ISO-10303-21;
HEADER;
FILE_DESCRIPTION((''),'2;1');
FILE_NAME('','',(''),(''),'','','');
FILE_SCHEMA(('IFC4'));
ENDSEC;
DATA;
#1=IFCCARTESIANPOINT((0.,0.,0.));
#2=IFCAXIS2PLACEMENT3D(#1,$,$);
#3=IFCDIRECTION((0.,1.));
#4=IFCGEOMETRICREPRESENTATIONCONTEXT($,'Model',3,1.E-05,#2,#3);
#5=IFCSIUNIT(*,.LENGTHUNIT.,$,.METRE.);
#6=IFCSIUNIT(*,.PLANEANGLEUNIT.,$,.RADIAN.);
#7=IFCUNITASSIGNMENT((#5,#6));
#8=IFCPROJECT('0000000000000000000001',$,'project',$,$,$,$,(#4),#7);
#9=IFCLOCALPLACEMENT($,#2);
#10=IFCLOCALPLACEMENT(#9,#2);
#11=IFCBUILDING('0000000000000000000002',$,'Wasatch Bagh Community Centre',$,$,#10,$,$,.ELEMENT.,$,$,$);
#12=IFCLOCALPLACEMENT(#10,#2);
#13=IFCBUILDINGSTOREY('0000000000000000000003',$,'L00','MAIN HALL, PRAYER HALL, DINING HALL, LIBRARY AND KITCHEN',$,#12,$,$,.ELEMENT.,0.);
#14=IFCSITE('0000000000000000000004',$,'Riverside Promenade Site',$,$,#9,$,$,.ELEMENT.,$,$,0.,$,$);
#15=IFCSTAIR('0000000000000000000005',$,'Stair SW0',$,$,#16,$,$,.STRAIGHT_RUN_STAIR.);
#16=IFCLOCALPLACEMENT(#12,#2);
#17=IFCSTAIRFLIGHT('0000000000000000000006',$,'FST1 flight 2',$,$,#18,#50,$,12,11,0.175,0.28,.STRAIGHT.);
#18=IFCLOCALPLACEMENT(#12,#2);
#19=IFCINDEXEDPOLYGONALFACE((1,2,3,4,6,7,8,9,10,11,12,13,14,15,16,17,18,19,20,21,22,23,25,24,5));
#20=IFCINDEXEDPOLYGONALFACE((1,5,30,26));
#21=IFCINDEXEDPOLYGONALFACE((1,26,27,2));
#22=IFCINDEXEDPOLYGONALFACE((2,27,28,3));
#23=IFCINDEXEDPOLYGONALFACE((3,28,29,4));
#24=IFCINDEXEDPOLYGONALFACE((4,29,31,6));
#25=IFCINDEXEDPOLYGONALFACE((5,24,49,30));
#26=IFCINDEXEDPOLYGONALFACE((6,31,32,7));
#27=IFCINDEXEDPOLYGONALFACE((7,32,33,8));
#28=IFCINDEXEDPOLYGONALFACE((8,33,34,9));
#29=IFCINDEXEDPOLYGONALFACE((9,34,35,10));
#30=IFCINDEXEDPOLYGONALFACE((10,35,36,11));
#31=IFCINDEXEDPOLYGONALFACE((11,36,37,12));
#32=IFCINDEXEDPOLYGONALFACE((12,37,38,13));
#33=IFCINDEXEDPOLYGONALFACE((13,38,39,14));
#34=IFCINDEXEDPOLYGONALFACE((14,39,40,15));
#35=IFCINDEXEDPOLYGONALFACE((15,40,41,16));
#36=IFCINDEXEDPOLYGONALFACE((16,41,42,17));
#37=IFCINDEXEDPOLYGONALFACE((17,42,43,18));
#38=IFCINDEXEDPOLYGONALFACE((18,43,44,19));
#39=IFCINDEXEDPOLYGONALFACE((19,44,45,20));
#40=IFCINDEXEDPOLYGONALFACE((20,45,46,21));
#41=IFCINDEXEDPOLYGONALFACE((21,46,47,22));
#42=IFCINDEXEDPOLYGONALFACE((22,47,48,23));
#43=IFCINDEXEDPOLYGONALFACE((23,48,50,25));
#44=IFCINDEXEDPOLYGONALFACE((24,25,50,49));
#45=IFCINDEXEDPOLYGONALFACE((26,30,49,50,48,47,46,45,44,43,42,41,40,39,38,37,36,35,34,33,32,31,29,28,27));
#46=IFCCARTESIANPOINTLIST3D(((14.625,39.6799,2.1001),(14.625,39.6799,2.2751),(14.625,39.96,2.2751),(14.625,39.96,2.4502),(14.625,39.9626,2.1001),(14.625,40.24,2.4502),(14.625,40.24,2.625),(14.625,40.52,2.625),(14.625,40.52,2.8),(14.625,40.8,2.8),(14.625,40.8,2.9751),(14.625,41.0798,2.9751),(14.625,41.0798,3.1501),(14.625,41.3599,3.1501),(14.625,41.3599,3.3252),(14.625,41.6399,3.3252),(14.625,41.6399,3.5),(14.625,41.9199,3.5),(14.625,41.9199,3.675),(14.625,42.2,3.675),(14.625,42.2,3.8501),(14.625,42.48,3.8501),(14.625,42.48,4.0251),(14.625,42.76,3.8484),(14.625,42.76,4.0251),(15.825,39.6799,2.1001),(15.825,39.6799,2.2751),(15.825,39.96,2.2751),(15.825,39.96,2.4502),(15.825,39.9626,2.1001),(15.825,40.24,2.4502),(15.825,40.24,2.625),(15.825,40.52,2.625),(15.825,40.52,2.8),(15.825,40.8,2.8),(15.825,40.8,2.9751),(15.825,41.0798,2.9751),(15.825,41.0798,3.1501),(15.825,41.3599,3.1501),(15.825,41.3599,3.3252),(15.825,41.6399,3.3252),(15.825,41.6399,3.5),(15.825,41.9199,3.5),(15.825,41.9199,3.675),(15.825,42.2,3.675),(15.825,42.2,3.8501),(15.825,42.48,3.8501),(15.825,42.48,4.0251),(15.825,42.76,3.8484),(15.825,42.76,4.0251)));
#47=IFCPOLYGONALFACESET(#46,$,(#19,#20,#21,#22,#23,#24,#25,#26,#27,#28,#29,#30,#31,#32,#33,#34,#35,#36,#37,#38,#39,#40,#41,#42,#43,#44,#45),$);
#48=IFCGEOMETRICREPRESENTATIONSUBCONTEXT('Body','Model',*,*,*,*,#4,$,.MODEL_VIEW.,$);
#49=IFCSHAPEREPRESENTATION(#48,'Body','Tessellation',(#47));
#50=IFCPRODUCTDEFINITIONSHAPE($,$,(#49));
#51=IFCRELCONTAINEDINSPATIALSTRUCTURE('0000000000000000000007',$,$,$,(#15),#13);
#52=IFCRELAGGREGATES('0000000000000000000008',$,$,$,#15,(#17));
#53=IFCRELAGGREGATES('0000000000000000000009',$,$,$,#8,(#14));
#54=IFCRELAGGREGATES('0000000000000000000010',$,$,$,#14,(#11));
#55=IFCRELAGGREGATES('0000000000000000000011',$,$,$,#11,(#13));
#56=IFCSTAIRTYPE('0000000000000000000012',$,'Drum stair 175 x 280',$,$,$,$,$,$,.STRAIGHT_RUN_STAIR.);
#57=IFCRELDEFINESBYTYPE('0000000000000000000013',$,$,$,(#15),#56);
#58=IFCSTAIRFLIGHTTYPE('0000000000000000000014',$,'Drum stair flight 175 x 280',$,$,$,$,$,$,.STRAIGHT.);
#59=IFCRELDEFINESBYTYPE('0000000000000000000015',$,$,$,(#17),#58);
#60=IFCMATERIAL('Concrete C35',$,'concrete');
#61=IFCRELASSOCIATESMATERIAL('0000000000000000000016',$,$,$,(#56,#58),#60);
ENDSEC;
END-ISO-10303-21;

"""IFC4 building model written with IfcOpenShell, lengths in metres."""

from ifc_helpers import new_model, si_unit, direction, frame, origin, place, context, subcontext, project, spatial, polyline, outline, extrude, material, type_object, element, aggregate, save


model = new_model("IFC4")

# Units and contexts
model_context = context("Model", 3, precision=1e-05, world=origin(), true_north=direction((0.0, 1.0)))
body_context = subcontext(model_context, "Body", "Model", "MODEL_VIEW")
ifc_project = project(units=[si_unit("LENGTHUNIT", "METRE"), si_unit("PLANEANGLEUNIT", "RADIAN")], contexts=[model_context])

# Site, building, storey
site_placement = place(None, origin())
site = spatial("IfcSite", under=ifc_project, at=site_placement, Name="Riverside Promenade Site", CompositionType="ELEMENT", RefElevation=0.0)
building_placement = place(site_placement, origin())
building = spatial("IfcBuilding", under=site, at=building_placement, Name="Wasatch Bagh Community Centre", CompositionType="ELEMENT")
storey_placement = place(building_placement, origin())
storey = spatial("IfcBuildingStorey", under=building, at=storey_placement, Name="L00", Description="MAIN HALL, PRAYER HALL, DINING HALL, LIBRARY AND KITCHEN", CompositionType="ELEMENT", Elevation=0.0)

# Shared definitions
ifc_material_1 = material(Name="Concrete C35", Category="concrete")

# Stair, stair flight
stair_type = type_object("IfcStairType", Name="Drum stair 175 x 280", PredefinedType="STRAIGHT_RUN_STAIR", material=ifc_material_1)
stair_placement = place(storey_placement, origin())
stair = element("IfcStair", 1, at=stair_placement, inside=storey, type_object=stair_type, Name="Stair SW0", PredefinedType="STRAIGHT_RUN_STAIR")
stair_flight_type = type_object("IfcStairFlightType", Name="Drum stair flight 175 x 280", PredefinedType="STRAIGHT", material=ifc_material_1)
stair_flight_placement = place(storey_placement, frame((15.2251, 39.6799, 2.1001), z_axis=(0.0, 0.0, 1.0), x_axis=(0.0, 1.0, 0.0)))
stair_flight = element("IfcStairFlight", 2, at=stair_flight_placement, type_object=stair_flight_type, Name="FST1 flight 2", NumberOfRisers=12, NumberOfTreads=11, PredefinedType="STRAIGHT", RiserHeight=0.175, TreadLength=0.28, context=body_context, shape_type="SweptSolid", body=[
    extrude(outline(polyline([(0.0, 0.0), (0.0, 0.175), (0.28, 0.175), (0.28, 0.3501), (0.5601, 0.3501), (0.5601, 0.5249), (0.8401, 0.5249), (0.8401, 0.7), (1.1201, 0.7), (1.1201, 0.875), (1.3999, 0.875), (1.3999, 1.05), (1.6799, 1.05), (1.6799, 1.2251), (1.96, 1.2251), (1.96, 1.3999), (2.24, 1.3999), (2.24, 1.575), (2.52, 1.575), (2.52, 1.75), (2.8, 1.75), (2.8, 1.925), (3.0801, 1.925), (3.0801, 2.1001), (3.0801, 1.7483), (0.2827, 0.0), (0.0, 0.0)])), frame((0.0, 0.6001, 0.0), z_axis=(0.0, -1.0, 0.0), x_axis=(1.0, 0.0, 0.0)), (0.0, 0.0, 1.0), 1.2),
])
aggregate(stair, [stair_flight])

save(model, "model.ifc")
